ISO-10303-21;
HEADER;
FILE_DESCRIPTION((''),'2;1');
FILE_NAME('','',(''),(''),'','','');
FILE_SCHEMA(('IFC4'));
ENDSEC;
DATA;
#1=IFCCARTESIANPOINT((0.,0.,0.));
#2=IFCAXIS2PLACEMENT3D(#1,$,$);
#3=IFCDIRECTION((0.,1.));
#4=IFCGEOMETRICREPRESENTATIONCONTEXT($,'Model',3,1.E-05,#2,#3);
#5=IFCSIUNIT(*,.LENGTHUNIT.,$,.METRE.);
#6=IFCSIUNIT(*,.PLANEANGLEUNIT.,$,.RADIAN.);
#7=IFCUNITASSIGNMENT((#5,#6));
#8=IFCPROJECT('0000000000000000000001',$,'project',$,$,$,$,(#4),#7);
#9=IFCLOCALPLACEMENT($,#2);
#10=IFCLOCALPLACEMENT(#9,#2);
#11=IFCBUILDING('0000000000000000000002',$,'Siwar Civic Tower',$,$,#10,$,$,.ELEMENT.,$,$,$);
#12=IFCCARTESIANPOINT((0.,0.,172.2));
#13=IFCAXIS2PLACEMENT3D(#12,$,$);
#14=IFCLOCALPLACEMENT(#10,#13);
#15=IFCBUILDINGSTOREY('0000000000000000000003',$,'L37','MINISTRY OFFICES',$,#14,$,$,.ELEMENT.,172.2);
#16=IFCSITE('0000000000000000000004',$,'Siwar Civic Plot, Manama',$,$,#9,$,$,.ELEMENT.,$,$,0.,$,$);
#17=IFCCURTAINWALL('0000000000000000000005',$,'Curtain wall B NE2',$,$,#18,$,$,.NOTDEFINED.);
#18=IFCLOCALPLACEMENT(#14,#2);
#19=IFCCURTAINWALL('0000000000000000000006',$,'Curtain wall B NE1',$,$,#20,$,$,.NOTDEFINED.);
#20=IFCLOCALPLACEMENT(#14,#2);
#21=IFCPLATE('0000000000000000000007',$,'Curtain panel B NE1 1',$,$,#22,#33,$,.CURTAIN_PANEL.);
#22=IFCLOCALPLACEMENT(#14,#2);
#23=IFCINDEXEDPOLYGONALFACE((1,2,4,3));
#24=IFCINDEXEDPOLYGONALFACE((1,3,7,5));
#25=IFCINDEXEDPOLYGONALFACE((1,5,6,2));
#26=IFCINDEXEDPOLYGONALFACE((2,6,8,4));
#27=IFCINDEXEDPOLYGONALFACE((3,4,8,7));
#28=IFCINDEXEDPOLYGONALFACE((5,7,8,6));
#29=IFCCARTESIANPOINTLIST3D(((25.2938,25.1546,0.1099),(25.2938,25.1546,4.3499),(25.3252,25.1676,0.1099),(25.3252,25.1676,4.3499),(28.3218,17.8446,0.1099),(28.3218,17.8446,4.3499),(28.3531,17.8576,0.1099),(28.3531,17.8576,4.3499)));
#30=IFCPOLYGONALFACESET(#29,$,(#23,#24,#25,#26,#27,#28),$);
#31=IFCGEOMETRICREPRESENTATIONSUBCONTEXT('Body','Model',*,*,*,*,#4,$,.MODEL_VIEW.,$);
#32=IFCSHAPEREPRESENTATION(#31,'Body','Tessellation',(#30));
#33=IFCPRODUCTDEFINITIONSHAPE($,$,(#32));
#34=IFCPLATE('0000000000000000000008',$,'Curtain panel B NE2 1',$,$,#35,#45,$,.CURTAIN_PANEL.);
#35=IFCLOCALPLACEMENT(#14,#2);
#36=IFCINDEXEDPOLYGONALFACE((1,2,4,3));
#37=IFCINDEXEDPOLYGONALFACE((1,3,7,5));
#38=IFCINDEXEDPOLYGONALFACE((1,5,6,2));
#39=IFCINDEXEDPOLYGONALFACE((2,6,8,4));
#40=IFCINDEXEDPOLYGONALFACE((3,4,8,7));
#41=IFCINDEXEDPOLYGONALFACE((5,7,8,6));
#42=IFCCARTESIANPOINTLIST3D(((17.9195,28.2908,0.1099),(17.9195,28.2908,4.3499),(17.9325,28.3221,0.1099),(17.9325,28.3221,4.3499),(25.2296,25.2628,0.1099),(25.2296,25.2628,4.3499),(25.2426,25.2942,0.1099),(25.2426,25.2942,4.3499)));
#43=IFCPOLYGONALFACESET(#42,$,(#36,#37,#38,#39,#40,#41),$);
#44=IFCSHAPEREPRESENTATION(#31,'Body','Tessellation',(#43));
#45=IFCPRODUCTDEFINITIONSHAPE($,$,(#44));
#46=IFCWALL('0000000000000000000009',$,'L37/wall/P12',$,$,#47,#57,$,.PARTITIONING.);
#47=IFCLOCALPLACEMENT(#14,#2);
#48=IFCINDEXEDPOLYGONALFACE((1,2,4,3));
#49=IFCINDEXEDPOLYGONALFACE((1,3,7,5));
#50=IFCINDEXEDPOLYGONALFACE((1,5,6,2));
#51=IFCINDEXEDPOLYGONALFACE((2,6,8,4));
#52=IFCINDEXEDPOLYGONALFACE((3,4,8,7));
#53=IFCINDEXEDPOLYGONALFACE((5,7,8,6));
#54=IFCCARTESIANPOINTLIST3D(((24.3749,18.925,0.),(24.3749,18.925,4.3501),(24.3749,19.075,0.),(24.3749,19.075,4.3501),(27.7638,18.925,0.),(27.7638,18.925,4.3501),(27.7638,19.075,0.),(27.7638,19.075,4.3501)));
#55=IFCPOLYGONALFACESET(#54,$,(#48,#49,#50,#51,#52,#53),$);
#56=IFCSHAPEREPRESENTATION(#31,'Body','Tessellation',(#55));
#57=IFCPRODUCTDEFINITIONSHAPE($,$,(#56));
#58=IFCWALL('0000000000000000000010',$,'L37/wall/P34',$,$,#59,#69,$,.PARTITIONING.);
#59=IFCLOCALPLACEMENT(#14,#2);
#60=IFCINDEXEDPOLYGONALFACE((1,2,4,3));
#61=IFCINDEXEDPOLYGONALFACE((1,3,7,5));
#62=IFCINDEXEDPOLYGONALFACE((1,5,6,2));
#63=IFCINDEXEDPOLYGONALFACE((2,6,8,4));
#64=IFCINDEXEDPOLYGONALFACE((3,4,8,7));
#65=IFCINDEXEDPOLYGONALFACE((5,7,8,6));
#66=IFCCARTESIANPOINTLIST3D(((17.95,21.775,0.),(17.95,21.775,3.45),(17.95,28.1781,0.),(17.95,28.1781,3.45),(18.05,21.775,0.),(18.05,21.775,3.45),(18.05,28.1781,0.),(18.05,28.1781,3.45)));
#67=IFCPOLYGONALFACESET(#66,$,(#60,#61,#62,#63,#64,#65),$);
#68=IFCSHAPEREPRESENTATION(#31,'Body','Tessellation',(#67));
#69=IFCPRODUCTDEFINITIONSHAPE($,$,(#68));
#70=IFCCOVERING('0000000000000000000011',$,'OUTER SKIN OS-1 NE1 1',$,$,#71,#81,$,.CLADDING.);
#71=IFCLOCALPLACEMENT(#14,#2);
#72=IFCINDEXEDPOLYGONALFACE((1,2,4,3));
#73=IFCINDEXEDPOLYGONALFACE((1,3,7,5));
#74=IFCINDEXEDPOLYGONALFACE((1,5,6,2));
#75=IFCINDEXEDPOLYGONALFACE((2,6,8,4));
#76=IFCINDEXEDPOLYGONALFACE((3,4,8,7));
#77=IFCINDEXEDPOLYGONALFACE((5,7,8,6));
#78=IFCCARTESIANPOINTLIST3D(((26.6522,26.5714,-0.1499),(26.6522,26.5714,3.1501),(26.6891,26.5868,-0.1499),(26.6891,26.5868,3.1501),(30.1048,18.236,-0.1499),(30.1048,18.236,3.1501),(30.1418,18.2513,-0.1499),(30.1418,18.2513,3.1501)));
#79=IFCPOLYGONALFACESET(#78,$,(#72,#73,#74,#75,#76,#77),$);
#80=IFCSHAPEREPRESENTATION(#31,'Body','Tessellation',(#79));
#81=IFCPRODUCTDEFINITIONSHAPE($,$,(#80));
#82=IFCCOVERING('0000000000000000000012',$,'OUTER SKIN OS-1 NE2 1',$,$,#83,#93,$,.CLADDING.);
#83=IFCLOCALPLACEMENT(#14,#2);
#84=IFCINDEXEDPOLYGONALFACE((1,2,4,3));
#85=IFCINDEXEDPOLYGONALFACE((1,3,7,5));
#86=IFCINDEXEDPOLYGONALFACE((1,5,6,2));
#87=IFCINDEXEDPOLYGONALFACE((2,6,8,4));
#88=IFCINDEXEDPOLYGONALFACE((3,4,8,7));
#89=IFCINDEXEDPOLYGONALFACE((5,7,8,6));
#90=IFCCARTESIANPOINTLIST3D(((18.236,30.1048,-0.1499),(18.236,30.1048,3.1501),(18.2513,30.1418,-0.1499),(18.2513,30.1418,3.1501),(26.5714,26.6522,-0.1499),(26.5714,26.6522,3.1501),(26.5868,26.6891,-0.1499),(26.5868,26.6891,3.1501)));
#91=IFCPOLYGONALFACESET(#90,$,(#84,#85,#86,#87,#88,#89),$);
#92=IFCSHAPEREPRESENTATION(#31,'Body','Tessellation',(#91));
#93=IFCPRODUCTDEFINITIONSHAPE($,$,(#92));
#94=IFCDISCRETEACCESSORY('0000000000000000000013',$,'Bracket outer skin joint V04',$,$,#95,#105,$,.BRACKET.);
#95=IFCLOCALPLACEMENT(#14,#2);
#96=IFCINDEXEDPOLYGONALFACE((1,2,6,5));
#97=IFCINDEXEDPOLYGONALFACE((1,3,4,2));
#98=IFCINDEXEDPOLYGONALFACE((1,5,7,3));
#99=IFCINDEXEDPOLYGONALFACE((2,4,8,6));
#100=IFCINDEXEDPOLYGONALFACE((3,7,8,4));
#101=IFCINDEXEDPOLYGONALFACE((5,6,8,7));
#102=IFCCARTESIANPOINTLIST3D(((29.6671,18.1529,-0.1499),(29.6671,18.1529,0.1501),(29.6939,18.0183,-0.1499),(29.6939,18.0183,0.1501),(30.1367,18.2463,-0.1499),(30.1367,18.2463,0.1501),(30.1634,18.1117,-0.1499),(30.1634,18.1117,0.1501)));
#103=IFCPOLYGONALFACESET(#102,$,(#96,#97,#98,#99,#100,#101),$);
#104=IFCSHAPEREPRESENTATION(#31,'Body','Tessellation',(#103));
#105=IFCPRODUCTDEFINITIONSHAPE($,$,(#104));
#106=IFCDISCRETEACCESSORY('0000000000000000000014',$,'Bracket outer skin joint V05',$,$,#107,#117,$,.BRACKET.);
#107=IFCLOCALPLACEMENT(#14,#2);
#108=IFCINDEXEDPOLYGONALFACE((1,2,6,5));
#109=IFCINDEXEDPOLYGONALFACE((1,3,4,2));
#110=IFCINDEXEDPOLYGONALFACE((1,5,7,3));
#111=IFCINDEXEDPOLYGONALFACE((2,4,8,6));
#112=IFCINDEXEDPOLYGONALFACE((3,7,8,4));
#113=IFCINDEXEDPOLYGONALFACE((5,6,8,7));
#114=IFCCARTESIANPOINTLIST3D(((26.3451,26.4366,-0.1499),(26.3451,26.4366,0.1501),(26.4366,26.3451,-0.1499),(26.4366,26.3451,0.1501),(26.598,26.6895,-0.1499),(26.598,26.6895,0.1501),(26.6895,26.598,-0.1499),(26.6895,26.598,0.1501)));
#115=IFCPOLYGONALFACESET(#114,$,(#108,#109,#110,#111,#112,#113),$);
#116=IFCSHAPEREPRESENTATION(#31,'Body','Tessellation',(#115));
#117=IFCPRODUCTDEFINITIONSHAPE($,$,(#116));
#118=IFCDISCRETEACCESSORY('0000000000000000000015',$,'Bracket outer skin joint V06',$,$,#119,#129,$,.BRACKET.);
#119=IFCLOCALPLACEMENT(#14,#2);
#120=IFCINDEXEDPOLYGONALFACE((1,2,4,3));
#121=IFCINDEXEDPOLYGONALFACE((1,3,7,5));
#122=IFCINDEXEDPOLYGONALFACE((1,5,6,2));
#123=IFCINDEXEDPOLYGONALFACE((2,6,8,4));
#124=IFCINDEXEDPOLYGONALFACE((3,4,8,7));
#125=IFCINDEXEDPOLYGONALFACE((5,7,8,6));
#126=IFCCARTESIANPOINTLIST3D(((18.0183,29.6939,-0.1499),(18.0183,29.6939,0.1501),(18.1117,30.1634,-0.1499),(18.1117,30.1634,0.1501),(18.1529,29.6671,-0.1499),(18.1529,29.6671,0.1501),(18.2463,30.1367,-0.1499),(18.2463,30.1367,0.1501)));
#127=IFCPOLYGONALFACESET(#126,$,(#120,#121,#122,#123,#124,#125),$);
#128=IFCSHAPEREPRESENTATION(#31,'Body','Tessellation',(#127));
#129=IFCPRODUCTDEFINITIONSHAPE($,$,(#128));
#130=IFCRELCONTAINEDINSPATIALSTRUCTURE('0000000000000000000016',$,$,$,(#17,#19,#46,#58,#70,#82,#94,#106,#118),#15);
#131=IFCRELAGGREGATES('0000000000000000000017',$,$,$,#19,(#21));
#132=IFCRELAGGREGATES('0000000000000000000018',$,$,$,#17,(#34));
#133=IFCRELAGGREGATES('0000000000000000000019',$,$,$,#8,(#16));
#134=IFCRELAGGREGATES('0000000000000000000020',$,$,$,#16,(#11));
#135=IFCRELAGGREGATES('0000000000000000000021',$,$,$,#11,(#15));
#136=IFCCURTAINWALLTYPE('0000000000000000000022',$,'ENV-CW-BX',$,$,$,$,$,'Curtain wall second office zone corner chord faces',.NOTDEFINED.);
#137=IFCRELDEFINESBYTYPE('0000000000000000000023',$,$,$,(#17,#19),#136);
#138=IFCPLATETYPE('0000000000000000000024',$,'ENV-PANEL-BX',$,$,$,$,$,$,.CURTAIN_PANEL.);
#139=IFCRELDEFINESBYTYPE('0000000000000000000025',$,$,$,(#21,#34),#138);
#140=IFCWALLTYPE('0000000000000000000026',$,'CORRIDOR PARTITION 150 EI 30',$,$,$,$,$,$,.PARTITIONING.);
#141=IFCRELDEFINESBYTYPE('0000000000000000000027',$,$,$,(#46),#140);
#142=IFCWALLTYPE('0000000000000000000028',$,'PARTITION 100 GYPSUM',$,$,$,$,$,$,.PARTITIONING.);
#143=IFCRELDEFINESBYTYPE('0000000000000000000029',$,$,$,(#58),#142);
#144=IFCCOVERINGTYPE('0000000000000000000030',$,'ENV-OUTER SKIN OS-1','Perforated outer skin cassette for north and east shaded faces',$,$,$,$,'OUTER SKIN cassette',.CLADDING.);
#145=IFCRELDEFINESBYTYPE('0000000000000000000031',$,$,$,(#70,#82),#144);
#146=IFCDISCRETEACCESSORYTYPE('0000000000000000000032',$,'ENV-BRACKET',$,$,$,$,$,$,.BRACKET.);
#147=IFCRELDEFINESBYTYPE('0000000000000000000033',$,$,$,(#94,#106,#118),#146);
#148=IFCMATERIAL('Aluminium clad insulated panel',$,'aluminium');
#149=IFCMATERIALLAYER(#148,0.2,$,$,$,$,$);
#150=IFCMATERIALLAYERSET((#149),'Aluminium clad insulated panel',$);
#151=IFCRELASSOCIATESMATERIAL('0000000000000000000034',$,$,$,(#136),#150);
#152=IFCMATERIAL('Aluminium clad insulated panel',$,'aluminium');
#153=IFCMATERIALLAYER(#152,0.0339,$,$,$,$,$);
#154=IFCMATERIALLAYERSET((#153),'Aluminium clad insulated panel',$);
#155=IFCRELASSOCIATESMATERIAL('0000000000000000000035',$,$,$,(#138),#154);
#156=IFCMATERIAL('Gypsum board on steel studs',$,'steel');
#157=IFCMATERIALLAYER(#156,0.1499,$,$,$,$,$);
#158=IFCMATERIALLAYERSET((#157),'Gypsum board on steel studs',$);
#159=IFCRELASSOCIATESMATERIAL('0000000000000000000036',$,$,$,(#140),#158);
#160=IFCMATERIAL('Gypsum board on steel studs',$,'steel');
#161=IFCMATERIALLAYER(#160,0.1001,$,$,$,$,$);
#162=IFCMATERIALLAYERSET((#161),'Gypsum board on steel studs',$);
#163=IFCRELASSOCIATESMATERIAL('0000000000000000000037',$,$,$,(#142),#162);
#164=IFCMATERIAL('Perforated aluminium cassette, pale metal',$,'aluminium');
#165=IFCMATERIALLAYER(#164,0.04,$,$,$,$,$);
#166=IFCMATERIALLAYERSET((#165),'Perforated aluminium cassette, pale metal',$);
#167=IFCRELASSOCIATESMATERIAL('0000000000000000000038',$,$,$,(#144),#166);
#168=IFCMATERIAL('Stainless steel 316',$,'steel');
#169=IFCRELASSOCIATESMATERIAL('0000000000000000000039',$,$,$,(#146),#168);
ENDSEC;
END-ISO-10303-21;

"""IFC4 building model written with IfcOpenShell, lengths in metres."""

from ifc_helpers import new_model, si_unit, direction, frame, frame_2d, origin, origin_2d, place, context, subcontext, project, spatial, rectangle, extrude, material, layer, layer_set, type_object, element, aggregate, save


model = new_model("IFC4")

# Units and contexts
model_context = context("Model", 3, precision=1e-05, world=origin(), true_north=direction((0.0, 1.0)))
body_context = subcontext(model_context, "Body", "Model", "MODEL_VIEW")
ifc_project = project(units=[si_unit("LENGTHUNIT", "METRE"), si_unit("PLANEANGLEUNIT", "RADIAN")], contexts=[model_context])

# Site, building, storey
site_placement = place(None, origin())
site = spatial("IfcSite", under=ifc_project, at=site_placement, Name="Siwar Civic Plot, Manama", CompositionType="ELEMENT", RefElevation=0.0)
building_placement = place(site_placement, origin())
building = spatial("IfcBuilding", under=site, at=building_placement, Name="Siwar Civic Tower", CompositionType="ELEMENT")
storey_placement = place(building_placement, frame((0.0, 0.0, 172.2)))
storey = spatial("IfcBuildingStorey", under=building, at=storey_placement, Name="L37", Description="MINISTRY OFFICES", CompositionType="ELEMENT", Elevation=172.2)

# Curtain wall
ifc_material_1 = material(Name="Aluminium clad insulated panel", Category="aluminium")
ifc_layer_1 = layer(ifc_material_1, 0.2)
ifc_layer_set_1 = layer_set([ifc_layer_1], Name="Aluminium clad insulated panel")
curtain_wall_type_1 = type_object("IfcCurtainWallType", Name="ENV-CW-BX", ElementType="Curtain wall second office zone corner chord faces", PredefinedType="NOTDEFINED", material=ifc_layer_set_1)
curtain_wall_1_placement = place(storey_placement, origin())
curtain_wall_1 = element("IfcCurtainWall", 1, at=curtain_wall_1_placement, inside=storey, type_object=curtain_wall_type_1, Name="Curtain wall B NE2", PredefinedType="NOTDEFINED")

# Curtain wall, plate
curtain_wall_2_placement = place(storey_placement, origin())
curtain_wall_2 = element("IfcCurtainWall", 2, at=curtain_wall_2_placement, inside=storey, type_object=curtain_wall_type_1, Name="Curtain wall B NE1", PredefinedType="NOTDEFINED")
ifc_material_2 = material(Name="Aluminium clad insulated panel", Category="aluminium")
ifc_layer_2 = layer(ifc_material_2, 0.0339)
ifc_layer_set_2 = layer_set([ifc_layer_2], Name="Aluminium clad insulated panel")
plate_type = type_object("IfcPlateType", Name="ENV-PANEL-BX", PredefinedType="CURTAIN_PANEL", material=ifc_layer_set_2)
plate_1_placement = place(storey_placement, frame((26.8235, 21.5061, 0.1099), z_axis=(0.0, 0.0, 1.0), x_axis=(-0.382683, 0.92388, 0.0)))
plate_1 = element("IfcPlate", 3, at=plate_1_placement, type_object=plate_type, Name="Curtain panel B NE1 1", PredefinedType="CURTAIN_PANEL", context=body_context, shape_type="SweptSolid", body=[
    extrude(rectangle(XDim=7.9124, YDim=0.0339, at=origin_2d()), origin(), (0.0, 0.0, 1.0), 4.24),
])
aggregate(curtain_wall_2, [plate_1])

# Plate
plate_2_placement = place(storey_placement, frame((21.5811, 26.7925, 0.1099), z_axis=(0.0, 0.0, 1.0), x_axis=(-0.92388, 0.382683, 0.0)))
plate_2 = element("IfcPlate", 4, at=plate_2_placement, type_object=plate_type, Name="Curtain panel B NE2 1", PredefinedType="CURTAIN_PANEL", context=body_context, shape_type="SweptSolid", body=[
    extrude(rectangle(XDim=7.9124, YDim=0.0339, at=origin_2d()), origin(), (0.0, 0.0, 1.0), 4.24),
])
aggregate(curtain_wall_1, [plate_2])

# Walls
ifc_material_3 = material(Name="Gypsum board on steel studs", Category="steel")
ifc_layer_3 = layer(ifc_material_3, 0.1499)
ifc_layer_set_3 = layer_set([ifc_layer_3], Name="Gypsum board on steel studs")
wall_type_1 = type_object("IfcWallType", Name="CORRIDOR PARTITION 150 EI 30", PredefinedType="PARTITIONING", material=ifc_layer_set_3)
wall_1_placement = place(storey_placement, frame((24.375, 19.0, 0.0), z_axis=(0.0, 0.0, 1.0), x_axis=(1.0, 0.0, 0.0)))
element("IfcWall", 5, at=wall_1_placement, inside=storey, type_object=wall_type_1, Name="L37/wall/P12", PredefinedType="PARTITIONING", context=body_context, shape_type="SweptSolid", body=[
    extrude(rectangle(XDim=3.3889, YDim=0.1499, at=frame_2d((1.6943, 0.0))), origin(), (0.0, 0.0, 1.0), 4.3501),
])
ifc_material_4 = material(Name="Gypsum board on steel studs", Category="steel")
ifc_layer_4 = layer(ifc_material_4, 0.1001)
ifc_layer_set_4 = layer_set([ifc_layer_4], Name="Gypsum board on steel studs")
wall_type_2 = type_object("IfcWallType", Name="PARTITION 100 GYPSUM", PredefinedType="PARTITIONING", material=ifc_layer_set_4)
wall_2_placement = place(storey_placement, frame((18.0, 21.7749, 0.0), z_axis=(0.0, 0.0, 1.0), x_axis=(0.0, 1.0, 0.0)))
element("IfcWall", 6, at=wall_2_placement, inside=storey, type_object=wall_type_2, Name="L37/wall/P34", PredefinedType="PARTITIONING", context=body_context, shape_type="SweptSolid", body=[
    extrude(rectangle(XDim=6.4031, YDim=0.1001, at=frame_2d((3.2017, 0.0))), origin(), (0.0, 0.0, 1.0), 3.45),
])

# Coverings
ifc_material_5 = material(Name="Perforated aluminium cassette, pale metal", Category="aluminium")
ifc_layer_5 = layer(ifc_material_5, 0.04)
ifc_layer_set_5 = layer_set([ifc_layer_5], Name="Perforated aluminium cassette, pale metal")
covering_type = type_object("IfcCoveringType", Name="ENV-OUTER SKIN OS-1", Description="Perforated outer skin cassette for north and east shaded faces", ElementType="OUTER SKIN cassette", PredefinedType="CLADDING", material=ifc_layer_set_5)
for number, where, z_axis, x_axis, name in (
    (7, (28.397, 22.4114, -0.1499), (0.0, 0.0, 1.0), (-0.382683, 0.92388, 0.0), "OUTER SKIN OS-1 NE1 1"),
    (8, (22.4114, 28.397, -0.1499), (0.0, 0.0, 1.0), (-0.92388, 0.382683, 0.0), "OUTER SKIN OS-1 NE2 1"),
):
    element("IfcCovering", number, at=place(storey_placement, frame(where, z_axis=z_axis, x_axis=x_axis)), inside=storey, type_object=covering_type, Name=name, PredefinedType="CLADDING", context=body_context, shape_type="SweptSolid", body=[
        extrude(rectangle(XDim=9.0222, YDim=0.04, at=origin_2d()), origin(), (0.0, 0.0, 1.0), 3.3),
    ])

# Discrete accessories
ifc_material_6 = material(Name="Stainless steel 316", Category="steel")
discrete_accessory_type = type_object("IfcDiscreteAccessoryType", Name="ENV-BRACKET", PredefinedType="BRACKET", material=ifc_material_6)
discrete_accessory_1_placement = place(storey_placement, frame((29.9153, 18.1323, -0.1499), z_axis=(0.0, 0.0, 1.0), x_axis=(0.980785, 0.19509, 0.0)))
element("IfcDiscreteAccessory", 9, at=discrete_accessory_1_placement, inside=storey, type_object=discrete_accessory_type, Name="Bracket outer skin joint V04", PredefinedType="BRACKET", context=body_context, shape_type="SweptSolid", body=[
    extrude(rectangle(XDim=0.4788, YDim=0.1372, at=origin_2d()), origin(), (0.0, 0.0, 1.0), 0.3),
])
discrete_accessory_2_placement = place(storey_placement, frame((26.5173, 26.5173, -0.1499), z_axis=(0.0, 0.0, 1.0), x_axis=(0.707107, 0.707107, 0.0)))
element("IfcDiscreteAccessory", 10, at=discrete_accessory_2_placement, inside=storey, type_object=discrete_accessory_type, Name="Bracket outer skin joint V05", PredefinedType="BRACKET", context=body_context, shape_type="SweptSolid", body=[
    extrude(rectangle(XDim=0.3577, YDim=0.1294, at=origin_2d()), origin(), (0.0, 0.0, 1.0), 0.3),
])
discrete_accessory_3_placement = place(storey_placement, frame((18.1323, 29.9153, -0.1499), z_axis=(0.0, 0.0, 1.0), x_axis=(0.19509, 0.980785, 0.0)))
element("IfcDiscreteAccessory", 11, at=discrete_accessory_3_placement, inside=storey, type_object=discrete_accessory_type, Name="Bracket outer skin joint V06", PredefinedType="BRACKET", context=body_context, shape_type="SweptSolid", body=[
    extrude(rectangle(XDim=0.4788, YDim=0.1372, at=origin_2d()), origin(), (0.0, 0.0, 1.0), 0.3),
])

save(model, "model.ifc")
